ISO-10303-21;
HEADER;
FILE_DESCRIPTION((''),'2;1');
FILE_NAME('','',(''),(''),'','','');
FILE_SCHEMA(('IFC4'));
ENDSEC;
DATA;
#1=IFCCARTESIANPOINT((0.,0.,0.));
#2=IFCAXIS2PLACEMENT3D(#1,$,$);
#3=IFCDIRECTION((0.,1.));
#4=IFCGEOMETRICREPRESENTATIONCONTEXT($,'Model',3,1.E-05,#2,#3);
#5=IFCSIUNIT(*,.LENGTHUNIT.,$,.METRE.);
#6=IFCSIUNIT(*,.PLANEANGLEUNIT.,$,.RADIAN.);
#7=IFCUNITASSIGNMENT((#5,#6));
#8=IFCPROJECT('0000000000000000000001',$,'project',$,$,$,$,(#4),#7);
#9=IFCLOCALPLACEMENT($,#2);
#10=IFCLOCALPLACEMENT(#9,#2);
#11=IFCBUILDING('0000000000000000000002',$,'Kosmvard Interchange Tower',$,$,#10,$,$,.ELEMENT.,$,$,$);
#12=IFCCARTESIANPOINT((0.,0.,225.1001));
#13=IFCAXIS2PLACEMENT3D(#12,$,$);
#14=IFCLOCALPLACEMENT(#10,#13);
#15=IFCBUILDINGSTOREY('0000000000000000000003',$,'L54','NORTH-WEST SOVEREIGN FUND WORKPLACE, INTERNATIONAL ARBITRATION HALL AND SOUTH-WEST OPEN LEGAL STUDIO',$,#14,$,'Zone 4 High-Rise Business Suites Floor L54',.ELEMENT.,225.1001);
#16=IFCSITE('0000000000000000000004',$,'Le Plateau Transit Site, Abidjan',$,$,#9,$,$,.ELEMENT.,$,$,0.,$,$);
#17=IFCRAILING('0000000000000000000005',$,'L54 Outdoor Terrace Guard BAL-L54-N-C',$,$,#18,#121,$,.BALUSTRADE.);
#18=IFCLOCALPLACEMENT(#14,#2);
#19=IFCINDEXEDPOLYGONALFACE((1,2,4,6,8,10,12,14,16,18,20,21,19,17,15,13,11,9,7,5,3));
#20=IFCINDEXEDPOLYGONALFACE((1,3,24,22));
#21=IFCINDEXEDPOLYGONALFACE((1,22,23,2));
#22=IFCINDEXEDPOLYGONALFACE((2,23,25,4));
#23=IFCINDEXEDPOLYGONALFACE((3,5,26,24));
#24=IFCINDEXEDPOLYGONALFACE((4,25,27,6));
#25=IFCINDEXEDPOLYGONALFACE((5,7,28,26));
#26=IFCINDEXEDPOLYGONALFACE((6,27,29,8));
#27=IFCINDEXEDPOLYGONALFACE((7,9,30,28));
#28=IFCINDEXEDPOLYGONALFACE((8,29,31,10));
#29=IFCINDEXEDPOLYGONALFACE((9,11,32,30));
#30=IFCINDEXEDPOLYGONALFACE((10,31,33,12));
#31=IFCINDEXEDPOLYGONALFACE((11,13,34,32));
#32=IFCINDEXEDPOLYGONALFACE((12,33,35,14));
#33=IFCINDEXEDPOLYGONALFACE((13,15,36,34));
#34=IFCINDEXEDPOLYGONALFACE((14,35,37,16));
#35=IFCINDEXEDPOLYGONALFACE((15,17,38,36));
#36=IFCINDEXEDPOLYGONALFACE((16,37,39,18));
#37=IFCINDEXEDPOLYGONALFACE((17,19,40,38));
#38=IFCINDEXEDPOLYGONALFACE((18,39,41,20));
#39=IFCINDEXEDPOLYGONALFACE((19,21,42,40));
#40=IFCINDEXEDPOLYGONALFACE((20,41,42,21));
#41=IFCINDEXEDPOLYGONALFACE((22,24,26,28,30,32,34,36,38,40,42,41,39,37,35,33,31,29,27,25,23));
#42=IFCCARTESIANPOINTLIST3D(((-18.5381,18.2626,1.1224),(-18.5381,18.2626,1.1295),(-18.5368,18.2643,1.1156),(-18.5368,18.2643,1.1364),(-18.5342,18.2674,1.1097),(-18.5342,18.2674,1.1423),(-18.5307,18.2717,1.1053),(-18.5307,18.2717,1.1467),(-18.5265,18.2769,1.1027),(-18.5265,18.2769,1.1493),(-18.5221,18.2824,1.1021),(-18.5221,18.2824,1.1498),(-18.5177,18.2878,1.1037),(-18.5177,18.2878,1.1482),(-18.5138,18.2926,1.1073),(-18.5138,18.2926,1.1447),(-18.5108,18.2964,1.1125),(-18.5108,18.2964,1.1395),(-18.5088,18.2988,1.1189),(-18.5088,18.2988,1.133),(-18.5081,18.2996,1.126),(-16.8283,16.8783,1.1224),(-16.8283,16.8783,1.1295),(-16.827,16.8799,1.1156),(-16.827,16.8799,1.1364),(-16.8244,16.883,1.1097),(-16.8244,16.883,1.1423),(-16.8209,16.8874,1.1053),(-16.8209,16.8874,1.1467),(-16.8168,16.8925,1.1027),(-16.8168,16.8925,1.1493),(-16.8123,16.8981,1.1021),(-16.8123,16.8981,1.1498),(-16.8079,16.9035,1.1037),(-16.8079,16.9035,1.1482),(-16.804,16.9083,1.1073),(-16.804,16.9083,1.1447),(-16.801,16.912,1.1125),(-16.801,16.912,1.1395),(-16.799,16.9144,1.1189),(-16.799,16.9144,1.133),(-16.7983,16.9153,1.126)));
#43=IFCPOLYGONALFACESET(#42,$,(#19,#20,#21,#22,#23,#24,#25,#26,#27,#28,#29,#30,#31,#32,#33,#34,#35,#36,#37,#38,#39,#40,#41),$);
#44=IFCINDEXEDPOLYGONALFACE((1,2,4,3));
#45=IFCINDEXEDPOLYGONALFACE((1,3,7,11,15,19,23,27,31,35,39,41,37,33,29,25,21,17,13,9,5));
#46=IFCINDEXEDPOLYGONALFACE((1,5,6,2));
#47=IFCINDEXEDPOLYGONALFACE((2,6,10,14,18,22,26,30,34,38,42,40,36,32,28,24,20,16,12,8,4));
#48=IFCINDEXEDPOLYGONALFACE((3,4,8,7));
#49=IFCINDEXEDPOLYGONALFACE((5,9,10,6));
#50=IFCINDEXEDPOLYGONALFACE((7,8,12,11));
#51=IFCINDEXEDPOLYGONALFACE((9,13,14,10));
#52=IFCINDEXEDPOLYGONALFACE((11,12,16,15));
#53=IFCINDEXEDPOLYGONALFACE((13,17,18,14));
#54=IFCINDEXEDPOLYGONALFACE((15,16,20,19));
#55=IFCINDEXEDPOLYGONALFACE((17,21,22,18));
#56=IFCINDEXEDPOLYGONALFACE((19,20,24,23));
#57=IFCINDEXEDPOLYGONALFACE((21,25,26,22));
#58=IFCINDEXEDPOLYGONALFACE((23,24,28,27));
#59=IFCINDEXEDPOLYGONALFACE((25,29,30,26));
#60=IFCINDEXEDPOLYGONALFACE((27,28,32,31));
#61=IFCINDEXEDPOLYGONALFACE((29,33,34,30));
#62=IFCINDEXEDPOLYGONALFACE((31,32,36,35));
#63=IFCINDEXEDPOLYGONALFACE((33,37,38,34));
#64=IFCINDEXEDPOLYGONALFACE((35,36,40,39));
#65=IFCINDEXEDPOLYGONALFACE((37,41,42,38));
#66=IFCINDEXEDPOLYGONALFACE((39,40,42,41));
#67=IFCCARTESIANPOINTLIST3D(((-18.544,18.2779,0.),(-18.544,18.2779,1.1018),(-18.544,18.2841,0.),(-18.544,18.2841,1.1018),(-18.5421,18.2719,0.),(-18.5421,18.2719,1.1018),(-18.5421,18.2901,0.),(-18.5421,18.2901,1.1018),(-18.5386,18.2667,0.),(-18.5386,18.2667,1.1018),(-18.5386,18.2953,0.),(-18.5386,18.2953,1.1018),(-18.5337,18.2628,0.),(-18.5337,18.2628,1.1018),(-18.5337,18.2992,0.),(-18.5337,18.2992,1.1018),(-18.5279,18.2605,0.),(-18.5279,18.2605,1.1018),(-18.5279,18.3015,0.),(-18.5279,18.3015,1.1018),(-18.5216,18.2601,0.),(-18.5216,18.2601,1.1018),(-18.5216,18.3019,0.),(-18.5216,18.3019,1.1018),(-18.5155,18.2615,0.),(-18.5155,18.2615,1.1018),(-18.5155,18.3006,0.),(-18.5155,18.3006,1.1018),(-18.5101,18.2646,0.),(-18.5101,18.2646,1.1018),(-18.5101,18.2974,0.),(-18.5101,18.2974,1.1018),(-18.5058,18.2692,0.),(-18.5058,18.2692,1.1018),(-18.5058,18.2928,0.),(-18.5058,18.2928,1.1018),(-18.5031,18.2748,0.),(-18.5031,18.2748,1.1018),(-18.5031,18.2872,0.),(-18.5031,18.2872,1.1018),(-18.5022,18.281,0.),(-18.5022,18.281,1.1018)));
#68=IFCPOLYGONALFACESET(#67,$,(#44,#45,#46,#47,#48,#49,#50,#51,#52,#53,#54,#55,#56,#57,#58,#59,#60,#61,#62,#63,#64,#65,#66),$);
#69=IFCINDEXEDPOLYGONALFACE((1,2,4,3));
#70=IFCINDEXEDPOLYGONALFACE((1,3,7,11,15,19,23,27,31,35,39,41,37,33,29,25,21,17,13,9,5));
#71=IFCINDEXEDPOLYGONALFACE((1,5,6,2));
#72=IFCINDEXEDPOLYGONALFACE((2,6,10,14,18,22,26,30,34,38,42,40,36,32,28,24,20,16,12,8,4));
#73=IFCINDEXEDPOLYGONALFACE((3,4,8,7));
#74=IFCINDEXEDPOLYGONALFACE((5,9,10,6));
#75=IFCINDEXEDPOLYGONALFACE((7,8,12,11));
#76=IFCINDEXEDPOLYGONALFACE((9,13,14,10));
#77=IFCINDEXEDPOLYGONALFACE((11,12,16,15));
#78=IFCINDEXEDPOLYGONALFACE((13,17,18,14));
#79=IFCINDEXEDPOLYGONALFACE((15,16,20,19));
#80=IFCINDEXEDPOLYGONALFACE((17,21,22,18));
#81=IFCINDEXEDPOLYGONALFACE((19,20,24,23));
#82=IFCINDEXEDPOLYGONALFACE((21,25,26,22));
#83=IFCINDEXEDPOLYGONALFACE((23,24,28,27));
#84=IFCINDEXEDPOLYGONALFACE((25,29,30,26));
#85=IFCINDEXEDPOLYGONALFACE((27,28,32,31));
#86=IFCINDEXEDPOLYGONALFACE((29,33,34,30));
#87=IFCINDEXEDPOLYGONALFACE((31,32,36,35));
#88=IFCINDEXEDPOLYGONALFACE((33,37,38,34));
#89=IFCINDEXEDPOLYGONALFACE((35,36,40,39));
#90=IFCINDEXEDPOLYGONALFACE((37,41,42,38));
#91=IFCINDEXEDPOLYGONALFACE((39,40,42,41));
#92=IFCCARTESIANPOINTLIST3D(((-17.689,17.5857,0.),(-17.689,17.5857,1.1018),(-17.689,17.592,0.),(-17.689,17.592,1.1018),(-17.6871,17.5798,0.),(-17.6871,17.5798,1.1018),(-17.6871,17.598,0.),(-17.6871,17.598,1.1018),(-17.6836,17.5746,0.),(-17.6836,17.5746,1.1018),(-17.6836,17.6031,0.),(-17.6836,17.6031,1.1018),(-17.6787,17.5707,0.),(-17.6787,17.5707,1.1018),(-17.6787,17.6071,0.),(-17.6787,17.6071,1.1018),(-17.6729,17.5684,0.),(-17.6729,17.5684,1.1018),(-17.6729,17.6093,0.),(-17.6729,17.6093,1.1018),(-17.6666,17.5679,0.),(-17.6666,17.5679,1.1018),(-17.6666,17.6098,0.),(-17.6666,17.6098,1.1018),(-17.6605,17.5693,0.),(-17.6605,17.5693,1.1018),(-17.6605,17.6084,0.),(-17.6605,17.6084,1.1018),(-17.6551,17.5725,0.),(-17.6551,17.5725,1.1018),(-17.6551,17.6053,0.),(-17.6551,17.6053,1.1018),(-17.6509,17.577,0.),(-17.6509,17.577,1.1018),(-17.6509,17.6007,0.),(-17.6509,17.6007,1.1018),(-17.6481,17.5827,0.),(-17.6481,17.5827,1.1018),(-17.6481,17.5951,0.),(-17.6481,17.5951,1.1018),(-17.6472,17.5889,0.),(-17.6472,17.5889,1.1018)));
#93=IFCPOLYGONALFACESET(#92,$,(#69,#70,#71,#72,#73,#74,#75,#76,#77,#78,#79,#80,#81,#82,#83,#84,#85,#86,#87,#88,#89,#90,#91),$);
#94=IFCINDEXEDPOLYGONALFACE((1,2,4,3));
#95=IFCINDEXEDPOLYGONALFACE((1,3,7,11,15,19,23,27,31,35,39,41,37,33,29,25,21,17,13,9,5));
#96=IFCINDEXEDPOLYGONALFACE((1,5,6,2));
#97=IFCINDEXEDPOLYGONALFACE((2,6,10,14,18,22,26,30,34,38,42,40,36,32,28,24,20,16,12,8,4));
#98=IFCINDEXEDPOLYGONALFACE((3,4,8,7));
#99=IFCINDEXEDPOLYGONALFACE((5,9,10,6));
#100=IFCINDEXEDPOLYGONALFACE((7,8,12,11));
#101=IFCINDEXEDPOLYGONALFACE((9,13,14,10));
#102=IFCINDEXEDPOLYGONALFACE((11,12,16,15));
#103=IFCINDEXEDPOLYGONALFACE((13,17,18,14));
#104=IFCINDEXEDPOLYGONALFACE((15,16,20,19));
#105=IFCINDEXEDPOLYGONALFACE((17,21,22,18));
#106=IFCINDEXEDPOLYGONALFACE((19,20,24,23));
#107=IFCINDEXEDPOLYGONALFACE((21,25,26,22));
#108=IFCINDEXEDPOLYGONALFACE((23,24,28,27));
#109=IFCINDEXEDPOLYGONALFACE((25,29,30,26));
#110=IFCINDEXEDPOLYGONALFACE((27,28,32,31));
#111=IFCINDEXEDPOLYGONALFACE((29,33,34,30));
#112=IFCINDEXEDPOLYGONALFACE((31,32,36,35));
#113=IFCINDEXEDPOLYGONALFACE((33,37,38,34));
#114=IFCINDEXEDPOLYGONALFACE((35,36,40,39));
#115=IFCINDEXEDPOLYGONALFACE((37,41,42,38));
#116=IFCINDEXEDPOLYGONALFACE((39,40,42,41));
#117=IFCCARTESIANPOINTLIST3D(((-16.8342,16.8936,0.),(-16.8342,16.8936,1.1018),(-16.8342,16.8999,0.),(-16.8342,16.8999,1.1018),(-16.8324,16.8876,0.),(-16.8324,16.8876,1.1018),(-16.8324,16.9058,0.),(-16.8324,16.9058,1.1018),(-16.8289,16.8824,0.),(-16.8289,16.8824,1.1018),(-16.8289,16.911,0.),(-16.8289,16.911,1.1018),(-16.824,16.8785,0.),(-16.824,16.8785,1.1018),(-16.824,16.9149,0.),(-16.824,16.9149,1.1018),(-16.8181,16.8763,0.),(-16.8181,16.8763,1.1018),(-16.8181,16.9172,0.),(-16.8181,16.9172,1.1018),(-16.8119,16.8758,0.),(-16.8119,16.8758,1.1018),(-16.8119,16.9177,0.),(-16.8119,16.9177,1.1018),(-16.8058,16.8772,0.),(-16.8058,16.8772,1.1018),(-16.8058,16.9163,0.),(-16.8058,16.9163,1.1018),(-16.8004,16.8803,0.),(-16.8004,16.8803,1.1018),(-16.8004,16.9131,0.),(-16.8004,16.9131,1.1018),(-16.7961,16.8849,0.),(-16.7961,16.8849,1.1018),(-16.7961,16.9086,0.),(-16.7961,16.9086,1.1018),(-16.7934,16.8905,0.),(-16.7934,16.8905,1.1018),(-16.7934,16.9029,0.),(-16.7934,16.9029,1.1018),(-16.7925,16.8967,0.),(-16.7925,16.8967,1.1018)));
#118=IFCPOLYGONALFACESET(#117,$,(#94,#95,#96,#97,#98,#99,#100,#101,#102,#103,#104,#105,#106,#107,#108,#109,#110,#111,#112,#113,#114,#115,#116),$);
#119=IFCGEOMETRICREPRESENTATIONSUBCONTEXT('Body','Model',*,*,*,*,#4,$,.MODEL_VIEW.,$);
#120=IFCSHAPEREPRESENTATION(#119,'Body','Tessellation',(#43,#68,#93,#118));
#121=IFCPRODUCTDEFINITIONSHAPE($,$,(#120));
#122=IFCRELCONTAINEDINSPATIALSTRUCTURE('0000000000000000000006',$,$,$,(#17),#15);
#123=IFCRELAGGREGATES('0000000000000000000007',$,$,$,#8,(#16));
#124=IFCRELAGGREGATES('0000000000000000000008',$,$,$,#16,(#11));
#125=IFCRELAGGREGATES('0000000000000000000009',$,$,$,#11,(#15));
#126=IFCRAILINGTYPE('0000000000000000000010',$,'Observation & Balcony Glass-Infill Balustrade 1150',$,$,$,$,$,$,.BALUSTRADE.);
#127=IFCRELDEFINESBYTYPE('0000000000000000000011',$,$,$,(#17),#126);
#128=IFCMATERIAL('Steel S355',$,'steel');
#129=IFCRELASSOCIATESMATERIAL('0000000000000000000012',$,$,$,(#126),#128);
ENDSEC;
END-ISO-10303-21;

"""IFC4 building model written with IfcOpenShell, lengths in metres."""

from ifc_helpers import new_model, si_unit, direction, frame, origin, origin_2d, place, context, subcontext, project, spatial, circle, extrude, source, transform, mapped, material, type_object, element, save


model = new_model("IFC4")

# Units and contexts
model_context = context("Model", 3, precision=1e-05, world=origin(), true_north=direction((0.0, 1.0)))
body_context = subcontext(model_context, "Body", "Model", "MODEL_VIEW")
ifc_project = project(units=[si_unit("LENGTHUNIT", "METRE"), si_unit("PLANEANGLEUNIT", "RADIAN")], contexts=[model_context])

# Site, building, storey
site_placement = place(None, origin())
site = spatial("IfcSite", under=ifc_project, at=site_placement, Name="Le Plateau Transit Site, Abidjan", CompositionType="ELEMENT", RefElevation=0.0)
building_placement = place(site_placement, origin())
building = spatial("IfcBuilding", under=site, at=building_placement, Name="Kosmvard Interchange Tower", CompositionType="ELEMENT")
storey_placement = place(building_placement, frame((0.0, 0.0, 225.1001)))
storey = spatial("IfcBuildingStorey", under=building, at=storey_placement, Name="L54", Description="NORTH-WEST SOVEREIGN FUND WORKPLACE, INTERNATIONAL ARBITRATION HALL AND SOUTH-WEST OPEN LEGAL STUDIO", LongName="Zone 4 High-Rise Business Suites Floor L54", CompositionType="ELEMENT", Elevation=225.1001)

# Shared definitions
ifc_material_1 = material(Name="Steel S355", Category="steel")

# Railing
railing_type = type_object("IfcRailingType", Name="Observation & Balcony Glass-Infill Balustrade 1150", PredefinedType="BALUSTRADE", material=ifc_material_1)
shared_shape_1 = source(origin(), body_context, "Body", "SweptSolid", [
    extrude(circle(Radius=0.0239, at=origin_2d()), frame((0.0, 0.0, 1.126), z_axis=(0.777196, -0.629259, 0.0), x_axis=(0.629259, 0.777196, 0.0)), (0.0, 0.0, 1.0), 2.2),
    extrude(circle(Radius=0.021, at=origin_2d()), origin(), (0.0, 0.0, 1.0), 1.1018),
    extrude(circle(Radius=0.021, at=origin_2d()), frame((0.855, -0.6921, 0.0)), (0.0, 0.0, 1.0), 1.1018),
    extrude(circle(Radius=0.021, at=origin_2d()), frame((1.7097, -1.3843, 0.0)), (0.0, 0.0, 1.0), 1.1018),
])
railing_1_placement = place(storey_placement, frame((-18.5232, 18.281, 0.0)))
element("IfcRailing", 1, at=railing_1_placement, inside=storey, type_object=railing_type, Name="L54 Outdoor Terrace Guard BAL-L54-N-C", PredefinedType="BALUSTRADE", context=body_context, shape_type="MappedRepresentation", body=[
    mapped(shared_shape_1, transform((0.0, 0.0, 0.0), scale=1.0)),
])

save(model, "model.ifc")
